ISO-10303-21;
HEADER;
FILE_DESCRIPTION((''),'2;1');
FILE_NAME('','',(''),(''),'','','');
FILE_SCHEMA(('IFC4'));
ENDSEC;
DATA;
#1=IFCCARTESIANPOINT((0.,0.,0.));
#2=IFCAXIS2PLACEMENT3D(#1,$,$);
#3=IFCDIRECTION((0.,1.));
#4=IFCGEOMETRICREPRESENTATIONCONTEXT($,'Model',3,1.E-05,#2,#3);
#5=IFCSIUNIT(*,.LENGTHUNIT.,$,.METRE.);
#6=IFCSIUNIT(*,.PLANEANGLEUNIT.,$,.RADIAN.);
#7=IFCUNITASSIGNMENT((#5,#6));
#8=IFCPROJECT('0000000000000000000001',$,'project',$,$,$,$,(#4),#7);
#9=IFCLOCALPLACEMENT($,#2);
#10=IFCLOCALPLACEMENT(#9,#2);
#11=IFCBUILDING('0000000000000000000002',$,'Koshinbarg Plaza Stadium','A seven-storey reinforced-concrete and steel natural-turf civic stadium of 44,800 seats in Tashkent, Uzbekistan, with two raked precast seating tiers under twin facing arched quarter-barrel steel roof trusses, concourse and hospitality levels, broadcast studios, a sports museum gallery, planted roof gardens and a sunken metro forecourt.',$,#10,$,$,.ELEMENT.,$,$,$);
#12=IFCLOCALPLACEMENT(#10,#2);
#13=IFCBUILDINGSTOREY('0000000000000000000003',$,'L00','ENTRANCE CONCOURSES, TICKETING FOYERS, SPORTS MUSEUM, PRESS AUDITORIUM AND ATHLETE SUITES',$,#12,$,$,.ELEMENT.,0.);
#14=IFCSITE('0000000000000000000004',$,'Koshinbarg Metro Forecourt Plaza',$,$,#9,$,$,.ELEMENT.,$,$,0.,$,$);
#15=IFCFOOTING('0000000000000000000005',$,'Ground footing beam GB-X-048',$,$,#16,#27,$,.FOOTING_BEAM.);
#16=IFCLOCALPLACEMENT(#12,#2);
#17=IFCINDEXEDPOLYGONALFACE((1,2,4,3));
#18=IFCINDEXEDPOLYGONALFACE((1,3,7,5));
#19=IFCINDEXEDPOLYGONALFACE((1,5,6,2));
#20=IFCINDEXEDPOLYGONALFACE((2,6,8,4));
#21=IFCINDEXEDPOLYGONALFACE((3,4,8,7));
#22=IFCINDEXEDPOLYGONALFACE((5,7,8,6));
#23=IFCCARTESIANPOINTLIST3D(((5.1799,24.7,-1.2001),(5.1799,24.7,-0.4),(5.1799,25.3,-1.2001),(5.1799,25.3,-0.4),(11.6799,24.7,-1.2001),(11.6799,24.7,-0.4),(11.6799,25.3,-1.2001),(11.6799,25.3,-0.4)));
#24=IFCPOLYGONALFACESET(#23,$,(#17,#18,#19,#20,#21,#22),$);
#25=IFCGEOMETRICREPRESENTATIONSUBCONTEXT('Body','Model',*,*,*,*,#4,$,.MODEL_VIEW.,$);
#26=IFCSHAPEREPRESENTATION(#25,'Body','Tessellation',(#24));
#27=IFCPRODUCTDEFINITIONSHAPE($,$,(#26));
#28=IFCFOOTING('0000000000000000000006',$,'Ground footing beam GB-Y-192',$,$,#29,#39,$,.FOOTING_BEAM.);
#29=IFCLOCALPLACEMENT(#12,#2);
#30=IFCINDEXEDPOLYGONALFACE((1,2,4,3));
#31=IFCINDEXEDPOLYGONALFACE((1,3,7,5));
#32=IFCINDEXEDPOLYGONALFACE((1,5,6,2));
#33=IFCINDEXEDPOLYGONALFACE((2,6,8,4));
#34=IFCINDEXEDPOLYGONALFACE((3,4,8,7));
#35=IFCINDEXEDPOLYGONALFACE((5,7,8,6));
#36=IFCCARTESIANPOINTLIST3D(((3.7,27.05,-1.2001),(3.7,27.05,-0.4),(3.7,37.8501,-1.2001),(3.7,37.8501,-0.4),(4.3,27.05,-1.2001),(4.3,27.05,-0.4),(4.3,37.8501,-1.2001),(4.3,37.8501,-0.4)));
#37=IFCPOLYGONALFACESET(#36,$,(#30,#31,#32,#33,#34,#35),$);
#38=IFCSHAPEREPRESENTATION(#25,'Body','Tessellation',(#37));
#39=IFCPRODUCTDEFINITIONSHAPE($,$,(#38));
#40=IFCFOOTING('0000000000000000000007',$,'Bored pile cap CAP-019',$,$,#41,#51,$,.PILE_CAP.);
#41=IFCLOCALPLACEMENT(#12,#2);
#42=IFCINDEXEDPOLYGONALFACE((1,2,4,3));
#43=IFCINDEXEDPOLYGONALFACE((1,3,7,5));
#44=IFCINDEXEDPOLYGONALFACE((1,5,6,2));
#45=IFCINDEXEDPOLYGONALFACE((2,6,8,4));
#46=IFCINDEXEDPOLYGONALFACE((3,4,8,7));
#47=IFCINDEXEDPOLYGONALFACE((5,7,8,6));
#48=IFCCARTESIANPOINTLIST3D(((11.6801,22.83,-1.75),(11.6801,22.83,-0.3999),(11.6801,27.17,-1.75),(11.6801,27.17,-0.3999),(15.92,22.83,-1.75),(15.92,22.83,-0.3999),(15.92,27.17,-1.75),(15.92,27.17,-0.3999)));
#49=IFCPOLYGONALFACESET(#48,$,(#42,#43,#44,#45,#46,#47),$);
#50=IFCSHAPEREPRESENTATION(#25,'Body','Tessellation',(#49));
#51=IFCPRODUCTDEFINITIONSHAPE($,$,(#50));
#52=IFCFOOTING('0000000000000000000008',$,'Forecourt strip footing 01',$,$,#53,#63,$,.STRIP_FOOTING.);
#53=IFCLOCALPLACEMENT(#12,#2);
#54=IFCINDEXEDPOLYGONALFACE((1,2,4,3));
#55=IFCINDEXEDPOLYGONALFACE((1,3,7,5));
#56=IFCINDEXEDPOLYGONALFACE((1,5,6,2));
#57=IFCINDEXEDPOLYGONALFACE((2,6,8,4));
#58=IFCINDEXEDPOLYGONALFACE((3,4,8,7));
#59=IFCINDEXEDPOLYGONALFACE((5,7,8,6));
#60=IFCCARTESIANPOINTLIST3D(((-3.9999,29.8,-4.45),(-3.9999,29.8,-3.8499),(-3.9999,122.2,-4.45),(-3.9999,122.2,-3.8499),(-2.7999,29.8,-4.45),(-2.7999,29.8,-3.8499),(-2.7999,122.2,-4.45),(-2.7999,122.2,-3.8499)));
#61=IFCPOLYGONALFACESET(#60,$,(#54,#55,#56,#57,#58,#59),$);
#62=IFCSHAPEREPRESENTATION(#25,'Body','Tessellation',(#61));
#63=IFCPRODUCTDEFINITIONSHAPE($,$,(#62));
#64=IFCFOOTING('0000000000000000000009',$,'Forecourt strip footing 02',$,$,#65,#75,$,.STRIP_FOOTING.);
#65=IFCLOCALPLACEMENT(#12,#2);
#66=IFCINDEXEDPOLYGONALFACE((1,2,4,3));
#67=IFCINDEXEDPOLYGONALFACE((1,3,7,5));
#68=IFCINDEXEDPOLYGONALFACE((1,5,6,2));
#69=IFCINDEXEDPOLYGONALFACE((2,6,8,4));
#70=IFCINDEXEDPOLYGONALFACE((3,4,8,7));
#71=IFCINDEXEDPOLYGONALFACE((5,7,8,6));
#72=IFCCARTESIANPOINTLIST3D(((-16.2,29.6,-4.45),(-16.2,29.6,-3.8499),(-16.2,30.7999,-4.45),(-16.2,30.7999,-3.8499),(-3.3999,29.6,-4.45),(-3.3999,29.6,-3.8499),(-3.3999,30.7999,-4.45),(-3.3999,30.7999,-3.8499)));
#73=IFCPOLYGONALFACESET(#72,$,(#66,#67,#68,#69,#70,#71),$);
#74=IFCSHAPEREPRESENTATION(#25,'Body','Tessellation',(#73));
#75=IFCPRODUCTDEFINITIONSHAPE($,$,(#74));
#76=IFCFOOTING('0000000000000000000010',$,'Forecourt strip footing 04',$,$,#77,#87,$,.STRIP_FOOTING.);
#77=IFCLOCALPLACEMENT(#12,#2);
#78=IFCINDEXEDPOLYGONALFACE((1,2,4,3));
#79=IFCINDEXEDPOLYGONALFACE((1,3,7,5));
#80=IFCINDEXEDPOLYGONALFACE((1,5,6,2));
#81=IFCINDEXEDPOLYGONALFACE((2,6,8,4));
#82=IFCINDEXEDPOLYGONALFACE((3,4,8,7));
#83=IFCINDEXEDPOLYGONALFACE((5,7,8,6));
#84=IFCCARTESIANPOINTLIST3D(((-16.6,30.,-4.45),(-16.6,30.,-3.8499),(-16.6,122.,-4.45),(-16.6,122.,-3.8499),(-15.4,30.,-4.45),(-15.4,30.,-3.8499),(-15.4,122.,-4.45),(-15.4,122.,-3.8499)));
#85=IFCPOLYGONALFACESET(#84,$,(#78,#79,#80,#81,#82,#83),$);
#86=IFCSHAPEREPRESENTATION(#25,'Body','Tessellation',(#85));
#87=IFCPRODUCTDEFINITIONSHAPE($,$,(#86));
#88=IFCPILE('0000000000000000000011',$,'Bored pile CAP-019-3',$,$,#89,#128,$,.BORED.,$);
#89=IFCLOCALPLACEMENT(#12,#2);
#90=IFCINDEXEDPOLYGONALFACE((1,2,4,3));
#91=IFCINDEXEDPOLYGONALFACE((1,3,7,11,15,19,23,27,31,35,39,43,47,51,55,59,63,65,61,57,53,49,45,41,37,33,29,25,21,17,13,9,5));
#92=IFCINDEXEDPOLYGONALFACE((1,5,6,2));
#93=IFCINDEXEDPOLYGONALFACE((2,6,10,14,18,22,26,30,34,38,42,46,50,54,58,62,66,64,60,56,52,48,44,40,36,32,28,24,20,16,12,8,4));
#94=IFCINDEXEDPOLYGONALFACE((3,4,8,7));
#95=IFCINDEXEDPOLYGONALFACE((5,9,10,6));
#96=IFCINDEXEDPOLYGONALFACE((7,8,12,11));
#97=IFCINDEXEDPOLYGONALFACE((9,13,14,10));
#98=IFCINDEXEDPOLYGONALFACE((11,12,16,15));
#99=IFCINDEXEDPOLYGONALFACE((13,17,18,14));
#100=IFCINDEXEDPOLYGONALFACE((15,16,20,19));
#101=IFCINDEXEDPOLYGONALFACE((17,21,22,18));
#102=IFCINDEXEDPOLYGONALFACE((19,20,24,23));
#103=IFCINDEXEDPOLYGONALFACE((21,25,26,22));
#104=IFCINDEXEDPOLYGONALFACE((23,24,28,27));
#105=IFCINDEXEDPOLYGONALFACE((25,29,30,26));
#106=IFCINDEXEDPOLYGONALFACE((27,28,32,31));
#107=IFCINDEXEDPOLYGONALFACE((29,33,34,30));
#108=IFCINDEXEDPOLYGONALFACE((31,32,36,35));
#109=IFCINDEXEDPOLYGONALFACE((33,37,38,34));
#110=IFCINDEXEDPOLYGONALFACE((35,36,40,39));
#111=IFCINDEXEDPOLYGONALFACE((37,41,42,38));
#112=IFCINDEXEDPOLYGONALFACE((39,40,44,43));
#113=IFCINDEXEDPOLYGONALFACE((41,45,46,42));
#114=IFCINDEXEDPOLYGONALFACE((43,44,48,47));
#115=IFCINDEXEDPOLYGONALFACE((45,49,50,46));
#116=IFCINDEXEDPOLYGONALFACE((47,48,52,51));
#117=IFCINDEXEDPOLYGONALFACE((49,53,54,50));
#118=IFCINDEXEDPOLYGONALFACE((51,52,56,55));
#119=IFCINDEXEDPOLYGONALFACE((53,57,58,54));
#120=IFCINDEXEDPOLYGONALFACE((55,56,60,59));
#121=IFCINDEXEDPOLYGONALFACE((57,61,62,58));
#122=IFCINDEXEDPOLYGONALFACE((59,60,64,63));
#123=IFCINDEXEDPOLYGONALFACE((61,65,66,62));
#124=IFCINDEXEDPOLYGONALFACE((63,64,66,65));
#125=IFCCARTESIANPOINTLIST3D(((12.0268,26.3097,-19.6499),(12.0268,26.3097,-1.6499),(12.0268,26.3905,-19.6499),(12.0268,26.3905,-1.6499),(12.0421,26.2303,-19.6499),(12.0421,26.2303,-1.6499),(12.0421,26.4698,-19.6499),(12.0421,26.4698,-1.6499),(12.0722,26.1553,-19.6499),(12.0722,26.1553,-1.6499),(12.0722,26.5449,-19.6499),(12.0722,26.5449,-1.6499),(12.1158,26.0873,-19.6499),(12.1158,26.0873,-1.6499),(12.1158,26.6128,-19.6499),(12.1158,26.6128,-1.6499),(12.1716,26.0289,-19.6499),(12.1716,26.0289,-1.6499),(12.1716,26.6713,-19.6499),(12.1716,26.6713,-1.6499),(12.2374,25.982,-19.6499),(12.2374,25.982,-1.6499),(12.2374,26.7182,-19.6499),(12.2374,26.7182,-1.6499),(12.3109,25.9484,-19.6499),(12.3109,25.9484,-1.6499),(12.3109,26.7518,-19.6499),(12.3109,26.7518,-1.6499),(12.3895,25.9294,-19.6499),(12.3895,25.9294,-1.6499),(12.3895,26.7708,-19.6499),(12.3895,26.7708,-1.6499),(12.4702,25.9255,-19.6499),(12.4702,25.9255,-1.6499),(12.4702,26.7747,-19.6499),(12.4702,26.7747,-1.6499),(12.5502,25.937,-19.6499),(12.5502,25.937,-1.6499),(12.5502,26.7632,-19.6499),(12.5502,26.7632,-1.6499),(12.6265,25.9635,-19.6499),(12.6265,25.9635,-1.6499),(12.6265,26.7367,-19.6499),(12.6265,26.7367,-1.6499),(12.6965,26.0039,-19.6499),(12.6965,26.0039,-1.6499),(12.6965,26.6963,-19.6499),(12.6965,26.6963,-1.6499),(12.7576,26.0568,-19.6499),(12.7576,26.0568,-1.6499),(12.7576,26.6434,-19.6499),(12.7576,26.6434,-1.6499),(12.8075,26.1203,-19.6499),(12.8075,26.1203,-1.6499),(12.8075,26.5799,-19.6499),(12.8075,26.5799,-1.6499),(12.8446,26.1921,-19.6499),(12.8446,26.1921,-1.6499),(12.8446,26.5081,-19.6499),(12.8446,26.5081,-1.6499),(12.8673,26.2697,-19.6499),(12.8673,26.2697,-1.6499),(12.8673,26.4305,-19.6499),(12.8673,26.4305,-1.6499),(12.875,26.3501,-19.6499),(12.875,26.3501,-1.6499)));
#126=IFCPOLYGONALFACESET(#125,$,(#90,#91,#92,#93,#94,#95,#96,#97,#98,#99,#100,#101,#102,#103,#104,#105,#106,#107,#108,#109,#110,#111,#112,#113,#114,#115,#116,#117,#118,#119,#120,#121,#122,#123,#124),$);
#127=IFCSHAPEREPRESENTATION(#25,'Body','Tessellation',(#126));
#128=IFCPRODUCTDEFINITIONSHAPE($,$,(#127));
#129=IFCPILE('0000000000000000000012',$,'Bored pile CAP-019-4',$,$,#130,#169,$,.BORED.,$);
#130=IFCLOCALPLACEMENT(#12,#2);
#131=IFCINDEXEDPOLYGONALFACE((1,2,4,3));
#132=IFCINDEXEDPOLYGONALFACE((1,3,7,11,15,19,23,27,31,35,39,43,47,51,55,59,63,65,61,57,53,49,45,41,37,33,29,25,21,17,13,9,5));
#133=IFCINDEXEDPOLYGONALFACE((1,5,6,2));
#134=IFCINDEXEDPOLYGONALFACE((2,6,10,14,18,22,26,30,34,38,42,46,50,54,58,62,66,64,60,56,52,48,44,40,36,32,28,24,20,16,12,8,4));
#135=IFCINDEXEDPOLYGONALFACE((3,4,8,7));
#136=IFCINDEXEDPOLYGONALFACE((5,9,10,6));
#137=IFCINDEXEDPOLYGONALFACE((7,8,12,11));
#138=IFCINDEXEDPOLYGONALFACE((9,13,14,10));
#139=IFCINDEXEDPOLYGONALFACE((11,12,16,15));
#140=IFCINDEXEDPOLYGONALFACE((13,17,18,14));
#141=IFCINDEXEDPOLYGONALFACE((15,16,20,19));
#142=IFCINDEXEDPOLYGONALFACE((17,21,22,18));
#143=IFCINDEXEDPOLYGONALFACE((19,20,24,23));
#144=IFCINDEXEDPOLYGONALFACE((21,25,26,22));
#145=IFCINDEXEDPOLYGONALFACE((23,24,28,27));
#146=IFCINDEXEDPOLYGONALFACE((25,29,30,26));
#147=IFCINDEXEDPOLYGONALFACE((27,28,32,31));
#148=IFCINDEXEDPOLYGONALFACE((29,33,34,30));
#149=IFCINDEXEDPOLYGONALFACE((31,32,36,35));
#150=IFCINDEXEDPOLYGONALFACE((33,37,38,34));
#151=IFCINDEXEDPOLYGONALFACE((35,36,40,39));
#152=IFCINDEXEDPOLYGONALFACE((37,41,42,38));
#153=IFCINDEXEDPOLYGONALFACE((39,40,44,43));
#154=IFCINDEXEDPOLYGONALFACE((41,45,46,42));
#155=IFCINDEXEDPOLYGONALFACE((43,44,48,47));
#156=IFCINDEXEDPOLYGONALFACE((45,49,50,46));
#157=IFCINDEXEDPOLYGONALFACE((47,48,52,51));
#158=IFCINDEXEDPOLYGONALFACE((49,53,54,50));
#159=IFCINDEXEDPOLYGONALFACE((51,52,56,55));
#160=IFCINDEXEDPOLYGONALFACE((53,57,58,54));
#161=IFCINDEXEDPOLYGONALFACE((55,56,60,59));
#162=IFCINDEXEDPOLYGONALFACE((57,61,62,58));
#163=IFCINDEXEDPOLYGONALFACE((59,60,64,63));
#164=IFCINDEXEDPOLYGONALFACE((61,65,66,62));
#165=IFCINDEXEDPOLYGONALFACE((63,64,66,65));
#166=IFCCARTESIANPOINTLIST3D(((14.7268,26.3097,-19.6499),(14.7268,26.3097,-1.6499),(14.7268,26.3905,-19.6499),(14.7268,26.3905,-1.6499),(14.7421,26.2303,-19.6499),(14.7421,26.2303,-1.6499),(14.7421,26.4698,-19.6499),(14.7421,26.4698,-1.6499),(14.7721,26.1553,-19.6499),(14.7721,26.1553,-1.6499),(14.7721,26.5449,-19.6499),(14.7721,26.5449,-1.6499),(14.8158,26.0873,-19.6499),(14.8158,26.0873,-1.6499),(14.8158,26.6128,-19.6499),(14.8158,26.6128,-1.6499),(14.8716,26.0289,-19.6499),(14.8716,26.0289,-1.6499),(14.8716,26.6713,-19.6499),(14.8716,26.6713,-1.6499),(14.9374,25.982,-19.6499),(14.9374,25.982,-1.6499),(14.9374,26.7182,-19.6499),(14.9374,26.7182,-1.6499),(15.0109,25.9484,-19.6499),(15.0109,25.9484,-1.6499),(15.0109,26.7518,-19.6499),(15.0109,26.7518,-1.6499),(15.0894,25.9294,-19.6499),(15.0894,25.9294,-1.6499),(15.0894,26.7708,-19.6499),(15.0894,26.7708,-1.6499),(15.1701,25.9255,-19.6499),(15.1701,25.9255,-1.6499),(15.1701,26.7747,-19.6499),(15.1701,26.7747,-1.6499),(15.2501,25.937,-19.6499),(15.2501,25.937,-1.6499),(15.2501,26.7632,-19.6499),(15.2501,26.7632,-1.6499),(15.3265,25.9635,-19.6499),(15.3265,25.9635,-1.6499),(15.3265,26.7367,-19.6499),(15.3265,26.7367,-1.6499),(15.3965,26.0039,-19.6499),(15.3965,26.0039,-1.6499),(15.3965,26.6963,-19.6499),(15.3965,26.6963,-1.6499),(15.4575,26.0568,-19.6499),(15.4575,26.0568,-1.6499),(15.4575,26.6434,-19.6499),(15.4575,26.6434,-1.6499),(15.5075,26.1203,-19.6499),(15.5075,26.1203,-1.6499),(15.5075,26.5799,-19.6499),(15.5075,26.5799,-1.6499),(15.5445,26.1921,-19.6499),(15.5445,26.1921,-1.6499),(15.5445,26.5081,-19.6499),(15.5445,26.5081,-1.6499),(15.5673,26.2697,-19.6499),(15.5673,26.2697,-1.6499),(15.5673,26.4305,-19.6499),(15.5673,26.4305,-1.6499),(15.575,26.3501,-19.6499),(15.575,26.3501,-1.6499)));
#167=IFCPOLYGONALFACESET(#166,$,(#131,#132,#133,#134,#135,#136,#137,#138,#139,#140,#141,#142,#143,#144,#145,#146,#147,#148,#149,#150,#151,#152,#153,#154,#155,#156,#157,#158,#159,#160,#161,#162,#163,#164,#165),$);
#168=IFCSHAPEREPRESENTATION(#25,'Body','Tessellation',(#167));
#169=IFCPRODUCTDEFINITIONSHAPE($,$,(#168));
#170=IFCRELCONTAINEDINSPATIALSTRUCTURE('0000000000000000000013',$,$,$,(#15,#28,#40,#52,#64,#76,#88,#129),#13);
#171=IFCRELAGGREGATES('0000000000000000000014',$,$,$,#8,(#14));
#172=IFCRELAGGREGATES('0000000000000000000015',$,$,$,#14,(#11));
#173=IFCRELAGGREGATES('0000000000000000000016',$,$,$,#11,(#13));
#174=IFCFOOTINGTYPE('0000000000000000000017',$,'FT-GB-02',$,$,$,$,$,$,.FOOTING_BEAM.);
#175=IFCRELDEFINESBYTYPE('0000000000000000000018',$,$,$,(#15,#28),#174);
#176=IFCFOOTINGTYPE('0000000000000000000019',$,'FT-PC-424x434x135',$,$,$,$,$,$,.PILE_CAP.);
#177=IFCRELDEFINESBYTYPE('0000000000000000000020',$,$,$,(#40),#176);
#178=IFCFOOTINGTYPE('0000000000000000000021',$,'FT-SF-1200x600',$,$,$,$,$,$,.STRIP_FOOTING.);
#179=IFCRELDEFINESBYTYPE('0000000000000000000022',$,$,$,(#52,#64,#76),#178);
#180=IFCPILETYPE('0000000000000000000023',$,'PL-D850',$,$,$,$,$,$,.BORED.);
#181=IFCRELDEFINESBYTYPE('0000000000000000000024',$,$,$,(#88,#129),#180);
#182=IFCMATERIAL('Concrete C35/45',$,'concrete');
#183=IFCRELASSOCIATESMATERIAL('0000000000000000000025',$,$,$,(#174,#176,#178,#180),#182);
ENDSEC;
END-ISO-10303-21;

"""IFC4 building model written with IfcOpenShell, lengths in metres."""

from ifc_helpers import new_model, si_unit, direction, frame, origin, origin_2d, place, context, subcontext, project, spatial, rectangle, circle, extrude, material, material_profile, profile_set, type_object, element, save


model = new_model("IFC4")

# Units and contexts
model_context = context("Model", 3, precision=1e-05, world=origin(), true_north=direction((0.0, 1.0)))
body_context = subcontext(model_context, "Body", "Model", "MODEL_VIEW")
ifc_project = project(units=[si_unit("LENGTHUNIT", "METRE"), si_unit("PLANEANGLEUNIT", "RADIAN")], contexts=[model_context])

# Site, building, storey
site_placement = place(None, origin())
site = spatial("IfcSite", under=ifc_project, at=site_placement, Name="Koshinbarg Metro Forecourt Plaza", CompositionType="ELEMENT", RefElevation=0.0)
building_placement = place(site_placement, origin())
building = spatial("IfcBuilding", under=site, at=building_placement, Name="Koshinbarg Plaza Stadium", Description="A seven-storey reinforced-concrete and steel natural-turf civic stadium of 44,800 seats in Tashkent, Uzbekistan, with two raked precast seating tiers under twin facing arched quarter-barrel steel roof trusses, concourse and hospitality levels, broadcast studios, a sports museum gallery, planted roof gardens and a sunken metro forecourt.", CompositionType="ELEMENT")
storey_placement = place(building_placement, origin())
storey = spatial("IfcBuildingStorey", under=building, at=storey_placement, Name="L00", Description="ENTRANCE CONCOURSES, TICKETING FOYERS, SPORTS MUSEUM, PRESS AUDITORIUM AND ATHLETE SUITES", CompositionType="ELEMENT", Elevation=0.0)

# Footings
ifc_material_1 = material(Name="Concrete C35/45", Category="concrete")
ifc_material_profile_1 = material_profile(ifc_material_1, rectangle(XDim=0.6001, YDim=0.8, at=origin_2d()), Name="GB 600x800")
ifc_profile_set_1 = profile_set([ifc_material_profile_1], Name="Concrete C35/45")
footing_type_1 = type_object("IfcFootingType", Name="FT-GB-02", PredefinedType="FOOTING_BEAM", material=ifc_profile_set_1)
footing_1_placement = place(storey_placement, frame((5.1799, 25.0, -0.8), z_axis=(1.0, 0.0, 0.0), x_axis=(0.0, 1.0, 0.0)))
element("IfcFooting", 1, at=footing_1_placement, inside=storey, type_object=footing_type_1, Name="Ground footing beam GB-X-048", PredefinedType="FOOTING_BEAM", context=body_context, shape_type="SweptSolid", body=[
    extrude(rectangle(XDim=0.6001, YDim=0.8, at=origin_2d()), origin(), (0.0, 0.0, 1.0), 6.5),
])
footing_2_placement = place(storey_placement, frame((4.0, 27.05, -0.8), z_axis=(0.0, 1.0, 0.0), x_axis=(-1.0, 0.0, 0.0)))
element("IfcFooting", 2, at=footing_2_placement, inside=storey, type_object=footing_type_1, Name="Ground footing beam GB-Y-192", PredefinedType="FOOTING_BEAM", context=body_context, shape_type="SweptSolid", body=[
    extrude(rectangle(XDim=0.6001, YDim=0.8, at=origin_2d()), origin(), (0.0, 0.0, 1.0), 10.8),
])
footing_type_2 = type_object("IfcFootingType", Name="FT-PC-424x434x135", PredefinedType="PILE_CAP", material=ifc_material_1)
footing_3_placement = place(storey_placement, frame((13.8, 25.0, -1.75), z_axis=(0.0, 0.0, 1.0), x_axis=(1.0, 0.0, 0.0)))
element("IfcFooting", 3, at=footing_3_placement, inside=storey, type_object=footing_type_2, Name="Bored pile cap CAP-019", PredefinedType="PILE_CAP", context=body_context, shape_type="SweptSolid", body=[
    extrude(rectangle(XDim=4.24, YDim=4.3401, at=origin_2d()), origin(), (0.0, 0.0, 1.0), 1.3501),
])
ifc_material_profile_2 = material_profile(ifc_material_1, rectangle(XDim=1.2, YDim=0.6001, at=origin_2d()), Name="SF 1200x600")
ifc_profile_set_2 = profile_set([ifc_material_profile_2], Name="Concrete C35/45")
footing_type_3 = type_object("IfcFootingType", Name="FT-SF-1200x600", PredefinedType="STRIP_FOOTING", material=ifc_profile_set_2)
footing_4_placement = place(storey_placement, frame((-3.3999, 29.8, -4.1499), z_axis=(0.0, 1.0, 0.0), x_axis=(-1.0, 0.0, 0.0)))
element("IfcFooting", 4, at=footing_4_placement, inside=storey, type_object=footing_type_3, Name="Forecourt strip footing 01", PredefinedType="STRIP_FOOTING", context=body_context, shape_type="SweptSolid", body=[
    extrude(rectangle(XDim=1.2, YDim=0.6001, at=origin_2d()), origin(), (0.0, 0.0, 1.0), 92.3999),
])
footing_5_placement = place(storey_placement, frame((-16.2, 30.2, -4.1499), z_axis=(1.0, 0.0, 0.0), x_axis=(0.0, 1.0, 0.0)))
element("IfcFooting", 5, at=footing_5_placement, inside=storey, type_object=footing_type_3, Name="Forecourt strip footing 02", PredefinedType="STRIP_FOOTING", context=body_context, shape_type="SweptSolid", body=[
    extrude(rectangle(XDim=1.2, YDim=0.6001, at=origin_2d()), origin(), (0.0, 0.0, 1.0), 12.8),
])
footing_6_placement = place(storey_placement, frame((-16.0, 30.0, -4.1499), z_axis=(0.0, 1.0, 0.0), x_axis=(-1.0, 0.0, 0.0)))
element("IfcFooting", 6, at=footing_6_placement, inside=storey, type_object=footing_type_3, Name="Forecourt strip footing 04", PredefinedType="STRIP_FOOTING", context=body_context, shape_type="SweptSolid", body=[
    extrude(rectangle(XDim=1.2, YDim=0.6001, at=origin_2d()), origin(), (0.0, 0.0, 1.0), 92.0),
])

# Piles
ifc_material_profile_3 = material_profile(ifc_material_1, circle(Radius=0.425, at=origin_2d()), Name="PILE D850")
ifc_profile_set_3 = profile_set([ifc_material_profile_3], Name="Concrete C35/45")
pile_type_1 = type_object("IfcPileType", Name="PL-D850", PredefinedType="BORED", material=ifc_profile_set_3)
for number, where, z_axis, x_axis, name in (
    (7, (12.45, 26.3501, -1.6499), (0.0, 0.0, -1.0), (1.0, 0.0, 0.0), "Bored pile CAP-019-3"),
    (8, (15.1499, 26.3501, -1.6499), (0.0, 0.0, -1.0), (1.0, 0.0, 0.0), "Bored pile CAP-019-4"),
):
    element("IfcPile", number, at=place(storey_placement, frame(where, z_axis=z_axis, x_axis=x_axis)), inside=storey, type_object=pile_type_1, Name=name, PredefinedType="BORED", context=body_context, shape_type="SweptSolid", body=[
        extrude(circle(Radius=0.425, at=origin_2d()), origin(), (0.0, 0.0, 1.0), 18.0),
    ])

save(model, "model.ifc")
